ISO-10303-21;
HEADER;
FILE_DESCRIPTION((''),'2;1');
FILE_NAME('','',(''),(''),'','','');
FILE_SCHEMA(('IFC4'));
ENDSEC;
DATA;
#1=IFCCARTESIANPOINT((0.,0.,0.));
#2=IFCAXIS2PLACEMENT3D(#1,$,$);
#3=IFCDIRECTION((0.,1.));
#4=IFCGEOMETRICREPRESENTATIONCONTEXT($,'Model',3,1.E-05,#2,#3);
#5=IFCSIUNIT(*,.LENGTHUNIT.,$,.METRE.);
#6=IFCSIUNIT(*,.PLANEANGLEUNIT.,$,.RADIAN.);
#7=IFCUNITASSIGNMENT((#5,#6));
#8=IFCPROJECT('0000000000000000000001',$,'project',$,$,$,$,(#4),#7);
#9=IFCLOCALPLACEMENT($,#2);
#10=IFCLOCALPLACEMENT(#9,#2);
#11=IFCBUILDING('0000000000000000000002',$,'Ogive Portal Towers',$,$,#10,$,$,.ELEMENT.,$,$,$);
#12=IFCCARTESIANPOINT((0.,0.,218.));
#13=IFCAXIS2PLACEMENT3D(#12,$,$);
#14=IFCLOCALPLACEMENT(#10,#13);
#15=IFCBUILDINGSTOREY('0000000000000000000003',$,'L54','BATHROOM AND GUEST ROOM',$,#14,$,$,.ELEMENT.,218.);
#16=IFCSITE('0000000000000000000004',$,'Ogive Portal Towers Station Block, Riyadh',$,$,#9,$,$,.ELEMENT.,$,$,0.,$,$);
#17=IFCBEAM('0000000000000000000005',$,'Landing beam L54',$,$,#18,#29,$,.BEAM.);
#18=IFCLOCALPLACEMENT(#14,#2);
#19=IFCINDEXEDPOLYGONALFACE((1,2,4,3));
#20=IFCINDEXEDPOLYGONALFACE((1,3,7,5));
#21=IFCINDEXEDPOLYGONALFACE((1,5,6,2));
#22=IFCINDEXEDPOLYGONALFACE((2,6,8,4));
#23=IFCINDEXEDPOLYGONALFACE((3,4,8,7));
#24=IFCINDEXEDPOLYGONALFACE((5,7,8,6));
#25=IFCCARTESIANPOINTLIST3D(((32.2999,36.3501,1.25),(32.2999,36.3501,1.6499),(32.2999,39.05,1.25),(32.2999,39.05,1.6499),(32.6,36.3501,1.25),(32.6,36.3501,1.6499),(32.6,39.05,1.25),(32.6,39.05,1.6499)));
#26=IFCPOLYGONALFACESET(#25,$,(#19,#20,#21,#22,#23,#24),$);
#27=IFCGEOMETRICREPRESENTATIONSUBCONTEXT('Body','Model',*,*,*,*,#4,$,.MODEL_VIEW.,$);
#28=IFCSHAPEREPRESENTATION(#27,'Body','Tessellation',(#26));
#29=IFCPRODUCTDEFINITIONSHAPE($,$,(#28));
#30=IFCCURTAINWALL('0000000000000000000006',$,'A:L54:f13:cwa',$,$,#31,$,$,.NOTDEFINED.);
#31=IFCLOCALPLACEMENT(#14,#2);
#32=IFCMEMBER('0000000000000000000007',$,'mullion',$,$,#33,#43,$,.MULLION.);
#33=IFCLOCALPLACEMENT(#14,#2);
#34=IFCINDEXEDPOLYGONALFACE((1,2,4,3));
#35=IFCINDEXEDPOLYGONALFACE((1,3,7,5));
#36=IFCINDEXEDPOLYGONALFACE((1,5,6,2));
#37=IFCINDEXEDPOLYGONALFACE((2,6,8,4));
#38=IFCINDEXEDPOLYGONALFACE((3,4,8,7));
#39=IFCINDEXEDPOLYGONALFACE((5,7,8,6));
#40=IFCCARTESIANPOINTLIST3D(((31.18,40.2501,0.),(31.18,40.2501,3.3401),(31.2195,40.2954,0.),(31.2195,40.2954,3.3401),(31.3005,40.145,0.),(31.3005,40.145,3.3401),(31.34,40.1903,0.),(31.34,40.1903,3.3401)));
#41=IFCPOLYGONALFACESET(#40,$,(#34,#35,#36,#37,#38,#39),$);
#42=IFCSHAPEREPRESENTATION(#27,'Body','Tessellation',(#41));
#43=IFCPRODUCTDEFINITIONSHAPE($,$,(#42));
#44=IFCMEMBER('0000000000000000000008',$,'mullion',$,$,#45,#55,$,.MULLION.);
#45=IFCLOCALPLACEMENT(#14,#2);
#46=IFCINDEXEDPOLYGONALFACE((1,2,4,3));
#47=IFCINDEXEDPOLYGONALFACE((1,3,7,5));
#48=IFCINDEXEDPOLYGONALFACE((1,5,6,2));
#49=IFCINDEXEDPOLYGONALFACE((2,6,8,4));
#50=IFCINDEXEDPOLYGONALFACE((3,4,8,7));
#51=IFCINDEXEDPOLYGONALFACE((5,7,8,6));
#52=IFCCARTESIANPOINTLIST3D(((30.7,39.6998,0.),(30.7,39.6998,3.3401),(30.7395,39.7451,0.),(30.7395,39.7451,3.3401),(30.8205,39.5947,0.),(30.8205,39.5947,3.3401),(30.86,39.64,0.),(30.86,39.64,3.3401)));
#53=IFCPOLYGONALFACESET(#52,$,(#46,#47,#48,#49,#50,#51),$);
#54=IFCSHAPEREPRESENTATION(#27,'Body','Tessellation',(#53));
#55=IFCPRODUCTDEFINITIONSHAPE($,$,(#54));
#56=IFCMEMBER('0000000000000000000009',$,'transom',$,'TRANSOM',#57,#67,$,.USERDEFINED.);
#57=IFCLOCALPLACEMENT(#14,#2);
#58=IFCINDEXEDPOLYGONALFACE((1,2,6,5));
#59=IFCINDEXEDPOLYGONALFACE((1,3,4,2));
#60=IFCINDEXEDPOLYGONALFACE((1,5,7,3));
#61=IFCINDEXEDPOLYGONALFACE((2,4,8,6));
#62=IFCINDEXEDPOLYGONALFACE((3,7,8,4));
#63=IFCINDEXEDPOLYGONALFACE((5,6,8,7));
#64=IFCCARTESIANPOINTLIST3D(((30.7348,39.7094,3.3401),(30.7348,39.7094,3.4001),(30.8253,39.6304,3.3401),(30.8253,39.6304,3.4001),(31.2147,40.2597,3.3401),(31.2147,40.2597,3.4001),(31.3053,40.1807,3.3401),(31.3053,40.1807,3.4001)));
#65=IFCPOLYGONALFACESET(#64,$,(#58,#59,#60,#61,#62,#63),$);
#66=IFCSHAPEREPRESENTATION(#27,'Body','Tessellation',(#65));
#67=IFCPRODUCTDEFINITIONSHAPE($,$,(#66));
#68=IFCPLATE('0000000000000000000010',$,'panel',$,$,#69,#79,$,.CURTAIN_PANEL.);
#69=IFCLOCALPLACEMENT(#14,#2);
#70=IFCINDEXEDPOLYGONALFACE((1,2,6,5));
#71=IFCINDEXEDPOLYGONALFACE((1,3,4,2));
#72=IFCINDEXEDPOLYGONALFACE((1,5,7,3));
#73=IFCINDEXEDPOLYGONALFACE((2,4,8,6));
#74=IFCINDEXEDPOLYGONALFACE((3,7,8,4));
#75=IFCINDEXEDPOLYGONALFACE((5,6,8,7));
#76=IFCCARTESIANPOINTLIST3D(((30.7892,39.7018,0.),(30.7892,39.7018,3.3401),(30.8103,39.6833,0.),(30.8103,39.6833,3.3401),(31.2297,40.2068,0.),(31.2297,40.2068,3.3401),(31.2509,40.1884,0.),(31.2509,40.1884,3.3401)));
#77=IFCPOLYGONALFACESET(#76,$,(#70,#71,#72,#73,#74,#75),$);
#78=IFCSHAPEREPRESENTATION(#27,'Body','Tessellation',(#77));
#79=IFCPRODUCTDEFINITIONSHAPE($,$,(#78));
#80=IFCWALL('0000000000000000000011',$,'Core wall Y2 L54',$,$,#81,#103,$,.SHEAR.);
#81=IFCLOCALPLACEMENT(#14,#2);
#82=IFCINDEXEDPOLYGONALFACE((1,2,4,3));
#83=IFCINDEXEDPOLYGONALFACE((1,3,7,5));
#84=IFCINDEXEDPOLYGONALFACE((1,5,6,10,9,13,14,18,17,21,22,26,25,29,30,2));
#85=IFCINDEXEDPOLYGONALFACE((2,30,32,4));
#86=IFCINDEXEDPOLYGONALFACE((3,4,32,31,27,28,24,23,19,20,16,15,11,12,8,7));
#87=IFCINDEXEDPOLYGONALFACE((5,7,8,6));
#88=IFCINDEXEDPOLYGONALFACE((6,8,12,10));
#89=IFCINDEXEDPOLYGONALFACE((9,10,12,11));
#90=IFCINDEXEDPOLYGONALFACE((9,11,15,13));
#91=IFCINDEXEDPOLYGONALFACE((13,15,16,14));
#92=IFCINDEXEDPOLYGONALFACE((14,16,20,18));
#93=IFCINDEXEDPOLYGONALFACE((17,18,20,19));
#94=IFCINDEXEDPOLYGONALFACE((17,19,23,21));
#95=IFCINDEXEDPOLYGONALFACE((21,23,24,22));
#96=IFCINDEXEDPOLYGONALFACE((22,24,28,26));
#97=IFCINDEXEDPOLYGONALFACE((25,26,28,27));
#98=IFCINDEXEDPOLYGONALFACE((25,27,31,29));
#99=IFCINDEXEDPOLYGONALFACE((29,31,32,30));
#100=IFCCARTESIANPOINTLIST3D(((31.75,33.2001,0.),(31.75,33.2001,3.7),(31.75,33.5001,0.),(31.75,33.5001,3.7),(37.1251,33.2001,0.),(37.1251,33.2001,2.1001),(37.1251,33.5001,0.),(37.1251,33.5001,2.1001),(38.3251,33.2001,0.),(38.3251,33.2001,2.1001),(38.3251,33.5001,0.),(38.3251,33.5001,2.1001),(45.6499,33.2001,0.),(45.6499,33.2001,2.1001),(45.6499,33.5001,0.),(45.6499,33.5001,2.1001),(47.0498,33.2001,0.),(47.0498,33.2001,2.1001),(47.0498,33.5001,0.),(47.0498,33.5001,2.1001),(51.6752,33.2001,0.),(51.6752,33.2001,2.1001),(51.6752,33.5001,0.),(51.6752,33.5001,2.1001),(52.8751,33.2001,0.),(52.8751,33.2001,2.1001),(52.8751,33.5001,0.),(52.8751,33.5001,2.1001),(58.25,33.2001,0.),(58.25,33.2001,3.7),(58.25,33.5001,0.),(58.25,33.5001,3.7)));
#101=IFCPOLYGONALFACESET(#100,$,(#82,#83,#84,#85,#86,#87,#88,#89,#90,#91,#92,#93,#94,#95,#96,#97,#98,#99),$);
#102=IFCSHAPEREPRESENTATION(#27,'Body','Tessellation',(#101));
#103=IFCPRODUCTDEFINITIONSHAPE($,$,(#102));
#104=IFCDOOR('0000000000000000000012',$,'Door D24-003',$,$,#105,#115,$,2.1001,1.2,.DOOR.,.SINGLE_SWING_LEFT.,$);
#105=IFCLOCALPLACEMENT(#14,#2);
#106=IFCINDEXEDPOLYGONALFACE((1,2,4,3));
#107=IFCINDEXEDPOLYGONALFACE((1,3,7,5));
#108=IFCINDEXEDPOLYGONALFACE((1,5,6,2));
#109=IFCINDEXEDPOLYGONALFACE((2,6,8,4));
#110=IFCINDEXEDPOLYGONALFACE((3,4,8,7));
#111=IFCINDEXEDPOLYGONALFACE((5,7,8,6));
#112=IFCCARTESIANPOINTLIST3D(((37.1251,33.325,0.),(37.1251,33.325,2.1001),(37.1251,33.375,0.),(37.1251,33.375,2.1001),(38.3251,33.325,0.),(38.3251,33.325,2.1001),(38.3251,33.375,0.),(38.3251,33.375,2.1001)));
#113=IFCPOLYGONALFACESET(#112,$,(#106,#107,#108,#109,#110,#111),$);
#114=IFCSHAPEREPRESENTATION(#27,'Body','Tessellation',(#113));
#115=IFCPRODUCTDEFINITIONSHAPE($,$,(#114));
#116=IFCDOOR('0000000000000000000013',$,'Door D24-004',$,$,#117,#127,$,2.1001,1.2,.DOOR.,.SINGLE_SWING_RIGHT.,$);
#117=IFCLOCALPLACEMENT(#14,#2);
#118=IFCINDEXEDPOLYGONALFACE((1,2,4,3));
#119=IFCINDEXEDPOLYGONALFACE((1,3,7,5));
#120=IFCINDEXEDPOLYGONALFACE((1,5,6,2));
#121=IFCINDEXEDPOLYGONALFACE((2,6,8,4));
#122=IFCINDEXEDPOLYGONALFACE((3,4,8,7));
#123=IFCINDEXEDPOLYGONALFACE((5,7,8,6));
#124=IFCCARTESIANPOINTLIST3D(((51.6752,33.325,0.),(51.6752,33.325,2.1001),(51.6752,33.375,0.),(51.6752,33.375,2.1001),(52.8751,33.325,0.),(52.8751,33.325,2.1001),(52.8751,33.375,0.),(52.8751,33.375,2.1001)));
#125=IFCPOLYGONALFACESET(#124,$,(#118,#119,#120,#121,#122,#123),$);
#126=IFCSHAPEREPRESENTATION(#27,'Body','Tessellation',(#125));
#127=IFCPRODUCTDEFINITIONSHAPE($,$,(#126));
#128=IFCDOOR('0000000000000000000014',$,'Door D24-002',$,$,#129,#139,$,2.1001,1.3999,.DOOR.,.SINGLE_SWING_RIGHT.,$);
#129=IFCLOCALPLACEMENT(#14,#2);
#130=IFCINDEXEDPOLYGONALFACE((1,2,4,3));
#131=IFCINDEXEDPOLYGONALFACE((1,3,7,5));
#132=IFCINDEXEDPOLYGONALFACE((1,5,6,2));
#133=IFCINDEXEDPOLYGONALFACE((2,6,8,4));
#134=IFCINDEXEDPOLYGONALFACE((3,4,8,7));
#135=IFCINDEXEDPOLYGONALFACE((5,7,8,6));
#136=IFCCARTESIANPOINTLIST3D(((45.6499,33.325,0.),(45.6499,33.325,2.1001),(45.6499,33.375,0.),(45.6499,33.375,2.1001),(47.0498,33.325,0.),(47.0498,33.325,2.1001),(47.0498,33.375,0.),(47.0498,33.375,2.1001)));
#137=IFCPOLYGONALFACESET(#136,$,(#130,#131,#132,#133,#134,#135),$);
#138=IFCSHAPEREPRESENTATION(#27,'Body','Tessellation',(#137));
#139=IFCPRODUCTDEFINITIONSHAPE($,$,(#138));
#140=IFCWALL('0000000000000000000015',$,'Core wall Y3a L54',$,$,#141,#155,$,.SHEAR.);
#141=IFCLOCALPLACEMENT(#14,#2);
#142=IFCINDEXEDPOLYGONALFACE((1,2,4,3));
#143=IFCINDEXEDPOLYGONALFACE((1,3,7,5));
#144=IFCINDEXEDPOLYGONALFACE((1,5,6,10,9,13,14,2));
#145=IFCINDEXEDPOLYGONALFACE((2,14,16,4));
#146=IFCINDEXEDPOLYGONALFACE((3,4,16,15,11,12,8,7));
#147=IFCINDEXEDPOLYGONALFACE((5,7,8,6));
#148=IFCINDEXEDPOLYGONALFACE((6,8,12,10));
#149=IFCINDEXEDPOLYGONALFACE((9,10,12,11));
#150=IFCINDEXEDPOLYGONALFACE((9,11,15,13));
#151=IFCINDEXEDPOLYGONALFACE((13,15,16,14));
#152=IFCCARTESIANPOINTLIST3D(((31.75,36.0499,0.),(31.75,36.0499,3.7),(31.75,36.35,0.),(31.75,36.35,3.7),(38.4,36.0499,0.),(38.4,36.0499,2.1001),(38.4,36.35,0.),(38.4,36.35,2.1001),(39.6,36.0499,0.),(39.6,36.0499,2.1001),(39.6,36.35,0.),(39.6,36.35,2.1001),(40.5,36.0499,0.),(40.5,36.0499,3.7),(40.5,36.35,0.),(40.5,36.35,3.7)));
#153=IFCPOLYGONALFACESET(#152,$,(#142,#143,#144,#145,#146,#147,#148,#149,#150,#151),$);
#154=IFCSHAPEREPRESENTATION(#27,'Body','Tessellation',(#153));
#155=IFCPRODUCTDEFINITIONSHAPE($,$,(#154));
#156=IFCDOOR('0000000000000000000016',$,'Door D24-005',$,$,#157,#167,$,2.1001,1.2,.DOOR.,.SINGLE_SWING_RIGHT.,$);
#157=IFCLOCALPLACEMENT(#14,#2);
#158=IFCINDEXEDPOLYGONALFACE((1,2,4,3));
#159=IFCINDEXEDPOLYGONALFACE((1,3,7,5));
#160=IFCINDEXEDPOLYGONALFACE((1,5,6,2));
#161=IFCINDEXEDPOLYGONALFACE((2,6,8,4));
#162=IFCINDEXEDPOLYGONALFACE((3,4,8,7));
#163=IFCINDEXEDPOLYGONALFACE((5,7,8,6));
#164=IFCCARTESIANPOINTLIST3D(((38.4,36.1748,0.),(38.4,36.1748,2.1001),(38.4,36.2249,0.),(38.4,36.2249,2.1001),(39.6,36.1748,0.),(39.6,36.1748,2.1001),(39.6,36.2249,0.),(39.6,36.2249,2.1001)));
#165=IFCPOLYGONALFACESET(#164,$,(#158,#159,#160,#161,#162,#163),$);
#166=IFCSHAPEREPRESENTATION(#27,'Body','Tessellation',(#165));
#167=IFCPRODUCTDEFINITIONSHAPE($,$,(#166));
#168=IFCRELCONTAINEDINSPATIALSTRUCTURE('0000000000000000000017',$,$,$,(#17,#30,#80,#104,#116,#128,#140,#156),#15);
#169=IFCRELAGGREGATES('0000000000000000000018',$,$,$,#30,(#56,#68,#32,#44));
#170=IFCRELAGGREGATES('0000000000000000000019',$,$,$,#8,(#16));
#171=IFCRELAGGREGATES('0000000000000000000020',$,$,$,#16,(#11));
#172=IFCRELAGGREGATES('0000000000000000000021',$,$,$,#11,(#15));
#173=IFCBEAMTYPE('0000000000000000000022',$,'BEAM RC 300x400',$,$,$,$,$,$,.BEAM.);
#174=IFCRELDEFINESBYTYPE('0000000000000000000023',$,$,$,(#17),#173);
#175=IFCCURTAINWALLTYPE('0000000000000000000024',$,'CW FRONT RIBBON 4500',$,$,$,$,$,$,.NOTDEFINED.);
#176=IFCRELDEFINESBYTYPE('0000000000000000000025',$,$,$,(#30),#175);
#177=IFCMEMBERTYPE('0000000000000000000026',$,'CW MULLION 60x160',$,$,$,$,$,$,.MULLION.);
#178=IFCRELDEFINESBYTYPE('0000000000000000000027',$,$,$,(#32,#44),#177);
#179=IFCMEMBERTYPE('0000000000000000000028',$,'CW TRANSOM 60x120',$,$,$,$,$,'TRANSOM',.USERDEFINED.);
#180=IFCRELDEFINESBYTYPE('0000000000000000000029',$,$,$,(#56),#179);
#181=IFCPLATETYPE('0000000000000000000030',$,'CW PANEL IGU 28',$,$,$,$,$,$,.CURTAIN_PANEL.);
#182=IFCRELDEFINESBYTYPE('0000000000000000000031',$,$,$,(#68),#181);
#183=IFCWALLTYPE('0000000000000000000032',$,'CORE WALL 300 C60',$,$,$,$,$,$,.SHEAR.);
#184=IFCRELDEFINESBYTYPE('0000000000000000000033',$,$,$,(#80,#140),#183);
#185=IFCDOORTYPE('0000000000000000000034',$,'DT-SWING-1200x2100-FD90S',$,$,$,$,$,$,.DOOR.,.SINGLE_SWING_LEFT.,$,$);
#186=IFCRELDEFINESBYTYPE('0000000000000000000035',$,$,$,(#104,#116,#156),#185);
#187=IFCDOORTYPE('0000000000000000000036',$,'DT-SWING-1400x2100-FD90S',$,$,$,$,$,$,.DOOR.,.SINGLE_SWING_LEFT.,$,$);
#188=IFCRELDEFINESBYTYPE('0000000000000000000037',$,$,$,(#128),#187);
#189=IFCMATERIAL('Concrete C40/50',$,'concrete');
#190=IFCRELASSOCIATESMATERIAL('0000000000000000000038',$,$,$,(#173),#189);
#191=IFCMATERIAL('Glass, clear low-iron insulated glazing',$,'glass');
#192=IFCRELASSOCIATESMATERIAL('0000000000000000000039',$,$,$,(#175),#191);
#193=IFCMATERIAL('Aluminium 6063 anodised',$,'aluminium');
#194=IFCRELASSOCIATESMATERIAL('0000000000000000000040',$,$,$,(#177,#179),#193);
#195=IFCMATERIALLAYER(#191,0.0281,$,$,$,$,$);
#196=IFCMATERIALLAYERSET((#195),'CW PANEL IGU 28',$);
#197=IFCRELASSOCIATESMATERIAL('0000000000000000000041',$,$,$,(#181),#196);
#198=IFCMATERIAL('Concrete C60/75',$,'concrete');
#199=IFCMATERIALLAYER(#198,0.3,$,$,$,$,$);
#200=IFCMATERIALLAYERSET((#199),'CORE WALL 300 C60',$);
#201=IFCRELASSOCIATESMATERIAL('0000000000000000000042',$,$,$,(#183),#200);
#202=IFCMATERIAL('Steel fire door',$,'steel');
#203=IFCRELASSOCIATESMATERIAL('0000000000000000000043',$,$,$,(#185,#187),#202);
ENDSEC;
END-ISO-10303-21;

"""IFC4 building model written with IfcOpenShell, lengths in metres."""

from ifc_helpers import new_model, si_unit, direction, frame, frame_2d, origin, origin_2d, place, context, subcontext, project, spatial, rectangle, extrude, material, layer, layer_set, material_profile, profile_set, type_object, element, fill, aggregate, save


model = new_model("IFC4")

# Units and contexts
model_context = context("Model", 3, precision=1e-05, world=origin(), true_north=direction((0.0, 1.0)))
body_context = subcontext(model_context, "Body", "Model", "MODEL_VIEW")
ifc_project = project(units=[si_unit("LENGTHUNIT", "METRE"), si_unit("PLANEANGLEUNIT", "RADIAN")], contexts=[model_context])

# Site, building, storey
site_placement = place(None, origin())
site = spatial("IfcSite", under=ifc_project, at=site_placement, Name="Ogive Portal Towers Station Block, Riyadh", CompositionType="ELEMENT", RefElevation=0.0)
building_placement = place(site_placement, origin())
building = spatial("IfcBuilding", under=site, at=building_placement, Name="Ogive Portal Towers", CompositionType="ELEMENT")
storey_placement = place(building_placement, frame((0.0, 0.0, 218.0)))
storey = spatial("IfcBuildingStorey", under=building, at=storey_placement, Name="L54", Description="BATHROOM AND GUEST ROOM", CompositionType="ELEMENT", Elevation=218.0)

# Beam
ifc_material_1 = material(Name="Concrete C40/50", Category="concrete")
ifc_material_profile_1 = material_profile(ifc_material_1, rectangle(XDim=0.3, YDim=0.3999, at=origin_2d()), Name="RC 300x400")
ifc_profile_set_1 = profile_set([ifc_material_profile_1], Name="Concrete C40/50")
beam_type = type_object("IfcBeamType", Name="BEAM RC 300x400", PredefinedType="BEAM", material=ifc_profile_set_1)
beam_placement = place(storey_placement, frame((32.45, 36.3501, 1.45), z_axis=(0.0, 1.0, 0.0), x_axis=(-1.0, 0.0, 0.0)))
element("IfcBeam", 1, at=beam_placement, inside=storey, type_object=beam_type, Name="Landing beam L54", PredefinedType="BEAM", context=body_context, shape_type="SweptSolid", body=[
    extrude(rectangle(XDim=0.3, YDim=0.3999, at=origin_2d()), origin(), (0.0, 0.0, 1.0), 2.7),
])

# Curtain wall, members, plate
ifc_material_2 = material(Name="Glass, clear low-iron insulated glazing", Category="glass")
curtain_wall_type = type_object("IfcCurtainWallType", Name="CW FRONT RIBBON 4500", PredefinedType="NOTDEFINED", material=ifc_material_2)
curtain_wall_placement = place(storey_placement, origin())
curtain_wall = element("IfcCurtainWall", 2, at=curtain_wall_placement, inside=storey, type_object=curtain_wall_type, Name="A:L54:f13:cwa", PredefinedType="NOTDEFINED")
ifc_material_3 = material(Name="Aluminium 6063 anodised", Category="aluminium")
ifc_material_profile_2 = material_profile(ifc_material_3, rectangle(XDim=0.1599, YDim=0.0601, at=origin_2d()), Name="AL 60x160")
ifc_profile_set_2 = profile_set([ifc_material_profile_2], Name="Aluminium 6063 anodised")
member_type_1 = type_object("IfcMemberType", Name="CW MULLION 60x160", PredefinedType="MULLION", material=ifc_profile_set_2)
member_1_placement = place(storey_placement, frame((31.26, 40.2202, 0.0), z_axis=(0.0, 0.0, 1.0), x_axis=(0.753599, -0.657335, 0.0)))
member_1 = element("IfcMember", 3, at=member_1_placement, type_object=member_type_1, Name="mullion", PredefinedType="MULLION", context=body_context, shape_type="SweptSolid", body=[
    extrude(rectangle(XDim=0.1599, YDim=0.0601, at=origin_2d()), origin(), (0.0, 0.0, 1.0), 3.3401),
])
member_2_placement = place(storey_placement, frame((30.78, 39.6699, 0.0), z_axis=(0.0, 0.0, 1.0), x_axis=(0.753599, -0.657335, 0.0)))
member_2 = element("IfcMember", 4, at=member_2_placement, type_object=member_type_1, Name="mullion", PredefinedType="MULLION", context=body_context, shape_type="SweptSolid", body=[
    extrude(rectangle(XDim=0.1599, YDim=0.0601, at=origin_2d()), origin(), (0.0, 0.0, 1.0), 3.3401),
])
ifc_material_profile_3 = material_profile(ifc_material_3, rectangle(XDim=0.1201, YDim=0.0601, at=origin_2d()), Name="AL 120x60")
ifc_profile_set_3 = profile_set([ifc_material_profile_3], Name="Aluminium 6063 anodised")
member_type_2 = type_object("IfcMemberType", Name="CW TRANSOM 60x120", ElementType="TRANSOM", PredefinedType="USERDEFINED", material=ifc_profile_set_3)
member_3_placement = place(storey_placement, frame((31.26, 40.2202, 3.3701), z_axis=(-0.65732, -0.753611, 0.0), x_axis=(0.753611, -0.65732, 0.0)))
member_3 = element("IfcMember", 5, at=member_3_placement, type_object=member_type_2, Name="transom", ObjectType="TRANSOM", PredefinedType="USERDEFINED", context=body_context, shape_type="SweptSolid", body=[
    extrude(rectangle(XDim=0.1201, YDim=0.0601, at=origin_2d()), origin(), (0.0, 0.0, 1.0), 0.7302),
])
ifc_layer_1 = layer(ifc_material_2, 0.0281)
ifc_layer_set_1 = layer_set([ifc_layer_1], Name="CW PANEL IGU 28")
plate_type = type_object("IfcPlateType", Name="CW PANEL IGU 28", PredefinedType="CURTAIN_PANEL", material=ifc_layer_set_1)
plate_placement = place(storey_placement, frame((31.02, 39.9451, 0.0), z_axis=(0.0, 0.0, 1.0), x_axis=(-0.657335, -0.753599, 0.0)))
plate = element("IfcPlate", 6, at=plate_placement, type_object=plate_type, Name="panel", PredefinedType="CURTAIN_PANEL", context=body_context, shape_type="SweptSolid", body=[
    extrude(rectangle(XDim=0.6702, YDim=0.0281, at=origin_2d()), origin(), (0.0, 0.0, 1.0), 3.3401),
])
aggregate(curtain_wall, [member_3, plate, member_1, member_2])

# Wall, openings, doors
ifc_material_4 = material(Name="Concrete C60/75", Category="concrete")
ifc_layer_2 = layer(ifc_material_4, 0.3)
ifc_layer_set_2 = layer_set([ifc_layer_2], Name="CORE WALL 300 C60")
wall_type_1 = type_object("IfcWallType", Name="CORE WALL 300 C60", PredefinedType="SHEAR", material=ifc_layer_set_2)
wall_1_placement = place(storey_placement, frame((31.75, 33.3501, 0.0), z_axis=(0.0, 0.0, 1.0), x_axis=(1.0, 0.0, 0.0)))
wall_1 = element("IfcWall", 7, at=wall_1_placement, inside=storey, type_object=wall_type_1, Name="Core wall Y2 L54", PredefinedType="SHEAR", context=body_context, shape_type="SweptSolid", body=[
    extrude(rectangle(XDim=26.5, YDim=0.3, at=frame_2d((13.25, 0.0))), origin(), (0.0, 0.0, 1.0), 3.7),
])
opening_1_placement = place(wall_1_placement, frame((13.8999, 0.0, 0.0)))
opening_1 = element("IfcOpeningElement", 8, at=opening_1_placement, cuts=wall_1, PredefinedType="OPENING", context=body_context, shape_type="SweptSolid", body=[
    extrude(rectangle(XDim=1.3999, YDim=2.1001, at=frame_2d((0.7, 1.05))), frame((0.0, 0.1602, 0.0), z_axis=(0.0, -1.0, 0.0), x_axis=(1.0, 0.0, 0.0)), (0.0, 0.0, 1.0), 0.3201),
])
opening_2_placement = place(wall_1_placement, frame((5.375, 0.0, 0.0)))
opening_2 = element("IfcOpeningElement", 9, at=opening_2_placement, cuts=wall_1, PredefinedType="OPENING", context=body_context, shape_type="SweptSolid", body=[
    extrude(rectangle(XDim=1.2, YDim=2.1001, at=frame_2d((0.6001, 1.05))), frame((0.0, 0.1602, 0.0), z_axis=(0.0, -1.0, 0.0), x_axis=(1.0, 0.0, 0.0)), (0.0, 0.0, 1.0), 0.3201),
])
opening_3_placement = place(wall_1_placement, frame((19.925, 0.0, 0.0)))
opening_3 = element("IfcOpeningElement", 10, at=opening_3_placement, cuts=wall_1, PredefinedType="OPENING", context=body_context, shape_type="SweptSolid", body=[
    extrude(rectangle(XDim=1.2, YDim=2.1001, at=frame_2d((0.6001, 1.05))), frame((0.0, 0.1602, 0.0), z_axis=(0.0, -1.0, 0.0), x_axis=(1.0, 0.0, 0.0)), (0.0, 0.0, 1.0), 0.3201),
])
ifc_material_5 = material(Name="Steel fire door", Category="steel")
door_type_1 = type_object("IfcDoorType", Name="DT-SWING-1200x2100-FD90S", OperationType="SINGLE_SWING_LEFT", PredefinedType="DOOR", material=ifc_material_5)
door_1_placement = place(opening_2_placement, origin())
door_1 = element("IfcDoor", 11, at=door_1_placement, inside=storey, type_object=door_type_1, Name="Door D24-003", OperationType="SINGLE_SWING_LEFT", OverallHeight=2.1001, OverallWidth=1.2, PredefinedType="DOOR", context=body_context, shape_type="SweptSolid", body=[
    extrude(rectangle(XDim=1.2, YDim=2.1001, at=frame_2d((0.6001, 1.05))), frame((0.0, 0.0249, 0.0), z_axis=(0.0, -1.0, 0.0), x_axis=(1.0, 0.0, 0.0)), (0.0, 0.0, 1.0), 0.05),
])
fill(opening_2, door_1)
door_2_placement = place(opening_3_placement, origin())
door_2 = element("IfcDoor", 12, at=door_2_placement, inside=storey, type_object=door_type_1, Name="Door D24-004", OperationType="SINGLE_SWING_RIGHT", OverallHeight=2.1001, OverallWidth=1.2, PredefinedType="DOOR", context=body_context, shape_type="SweptSolid", body=[
    extrude(rectangle(XDim=1.2, YDim=2.1001, at=frame_2d((0.6001, 1.05))), frame((0.0, 0.0249, 0.0), z_axis=(0.0, -1.0, 0.0), x_axis=(1.0, 0.0, 0.0)), (0.0, 0.0, 1.0), 0.05),
])
fill(opening_3, door_2)
door_type_2 = type_object("IfcDoorType", Name="DT-SWING-1400x2100-FD90S", OperationType="SINGLE_SWING_LEFT", PredefinedType="DOOR", material=ifc_material_5)
door_3_placement = place(opening_1_placement, origin())
door_3 = element("IfcDoor", 13, at=door_3_placement, inside=storey, type_object=door_type_2, Name="Door D24-002", OperationType="SINGLE_SWING_RIGHT", OverallHeight=2.1001, OverallWidth=1.3999, PredefinedType="DOOR", context=body_context, shape_type="SweptSolid", body=[
    extrude(rectangle(XDim=1.3999, YDim=2.1001, at=frame_2d((0.7, 1.05))), frame((0.0, 0.0249, 0.0), z_axis=(0.0, -1.0, 0.0), x_axis=(1.0, 0.0, 0.0)), (0.0, 0.0, 1.0), 0.05),
])
fill(opening_1, door_3)

# Wall, opening, door
wall_2_placement = place(storey_placement, frame((31.75, 36.2, 0.0), z_axis=(0.0, 0.0, 1.0), x_axis=(1.0, 0.0, 0.0)))
wall_2 = element("IfcWall", 14, at=wall_2_placement, inside=storey, type_object=wall_type_1, Name="Core wall Y3a L54", PredefinedType="SHEAR", context=body_context, shape_type="SweptSolid", body=[
    extrude(rectangle(XDim=8.75, YDim=0.3, at=frame_2d((4.375, 0.0))), origin(), (0.0, 0.0, 1.0), 3.7),
])
opening_4_placement = place(wall_2_placement, frame((6.6499, 0.0, 0.0)))
opening_4 = element("IfcOpeningElement", 15, at=opening_4_placement, cuts=wall_2, PredefinedType="OPENING", context=body_context, shape_type="SweptSolid", body=[
    extrude(rectangle(XDim=1.2, YDim=2.1001, at=frame_2d((0.6001, 1.05))), frame((0.0, 0.1602, 0.0), z_axis=(0.0, -1.0, 0.0), x_axis=(1.0, 0.0, 0.0)), (0.0, 0.0, 1.0), 0.3201),
])
door_4_placement = place(opening_4_placement, origin())
door_4 = element("IfcDoor", 16, at=door_4_placement, inside=storey, type_object=door_type_1, Name="Door D24-005", OperationType="SINGLE_SWING_RIGHT", OverallHeight=2.1001, OverallWidth=1.2, PredefinedType="DOOR", context=body_context, shape_type="SweptSolid", body=[
    extrude(rectangle(XDim=1.2, YDim=2.1001, at=frame_2d((0.6001, 1.05))), frame((0.0, 0.0249, 0.0), z_axis=(0.0, -1.0, 0.0), x_axis=(1.0, 0.0, 0.0)), (0.0, 0.0, 1.0), 0.05),
])
fill(opening_4, door_4)

save(model, "model.ifc")
